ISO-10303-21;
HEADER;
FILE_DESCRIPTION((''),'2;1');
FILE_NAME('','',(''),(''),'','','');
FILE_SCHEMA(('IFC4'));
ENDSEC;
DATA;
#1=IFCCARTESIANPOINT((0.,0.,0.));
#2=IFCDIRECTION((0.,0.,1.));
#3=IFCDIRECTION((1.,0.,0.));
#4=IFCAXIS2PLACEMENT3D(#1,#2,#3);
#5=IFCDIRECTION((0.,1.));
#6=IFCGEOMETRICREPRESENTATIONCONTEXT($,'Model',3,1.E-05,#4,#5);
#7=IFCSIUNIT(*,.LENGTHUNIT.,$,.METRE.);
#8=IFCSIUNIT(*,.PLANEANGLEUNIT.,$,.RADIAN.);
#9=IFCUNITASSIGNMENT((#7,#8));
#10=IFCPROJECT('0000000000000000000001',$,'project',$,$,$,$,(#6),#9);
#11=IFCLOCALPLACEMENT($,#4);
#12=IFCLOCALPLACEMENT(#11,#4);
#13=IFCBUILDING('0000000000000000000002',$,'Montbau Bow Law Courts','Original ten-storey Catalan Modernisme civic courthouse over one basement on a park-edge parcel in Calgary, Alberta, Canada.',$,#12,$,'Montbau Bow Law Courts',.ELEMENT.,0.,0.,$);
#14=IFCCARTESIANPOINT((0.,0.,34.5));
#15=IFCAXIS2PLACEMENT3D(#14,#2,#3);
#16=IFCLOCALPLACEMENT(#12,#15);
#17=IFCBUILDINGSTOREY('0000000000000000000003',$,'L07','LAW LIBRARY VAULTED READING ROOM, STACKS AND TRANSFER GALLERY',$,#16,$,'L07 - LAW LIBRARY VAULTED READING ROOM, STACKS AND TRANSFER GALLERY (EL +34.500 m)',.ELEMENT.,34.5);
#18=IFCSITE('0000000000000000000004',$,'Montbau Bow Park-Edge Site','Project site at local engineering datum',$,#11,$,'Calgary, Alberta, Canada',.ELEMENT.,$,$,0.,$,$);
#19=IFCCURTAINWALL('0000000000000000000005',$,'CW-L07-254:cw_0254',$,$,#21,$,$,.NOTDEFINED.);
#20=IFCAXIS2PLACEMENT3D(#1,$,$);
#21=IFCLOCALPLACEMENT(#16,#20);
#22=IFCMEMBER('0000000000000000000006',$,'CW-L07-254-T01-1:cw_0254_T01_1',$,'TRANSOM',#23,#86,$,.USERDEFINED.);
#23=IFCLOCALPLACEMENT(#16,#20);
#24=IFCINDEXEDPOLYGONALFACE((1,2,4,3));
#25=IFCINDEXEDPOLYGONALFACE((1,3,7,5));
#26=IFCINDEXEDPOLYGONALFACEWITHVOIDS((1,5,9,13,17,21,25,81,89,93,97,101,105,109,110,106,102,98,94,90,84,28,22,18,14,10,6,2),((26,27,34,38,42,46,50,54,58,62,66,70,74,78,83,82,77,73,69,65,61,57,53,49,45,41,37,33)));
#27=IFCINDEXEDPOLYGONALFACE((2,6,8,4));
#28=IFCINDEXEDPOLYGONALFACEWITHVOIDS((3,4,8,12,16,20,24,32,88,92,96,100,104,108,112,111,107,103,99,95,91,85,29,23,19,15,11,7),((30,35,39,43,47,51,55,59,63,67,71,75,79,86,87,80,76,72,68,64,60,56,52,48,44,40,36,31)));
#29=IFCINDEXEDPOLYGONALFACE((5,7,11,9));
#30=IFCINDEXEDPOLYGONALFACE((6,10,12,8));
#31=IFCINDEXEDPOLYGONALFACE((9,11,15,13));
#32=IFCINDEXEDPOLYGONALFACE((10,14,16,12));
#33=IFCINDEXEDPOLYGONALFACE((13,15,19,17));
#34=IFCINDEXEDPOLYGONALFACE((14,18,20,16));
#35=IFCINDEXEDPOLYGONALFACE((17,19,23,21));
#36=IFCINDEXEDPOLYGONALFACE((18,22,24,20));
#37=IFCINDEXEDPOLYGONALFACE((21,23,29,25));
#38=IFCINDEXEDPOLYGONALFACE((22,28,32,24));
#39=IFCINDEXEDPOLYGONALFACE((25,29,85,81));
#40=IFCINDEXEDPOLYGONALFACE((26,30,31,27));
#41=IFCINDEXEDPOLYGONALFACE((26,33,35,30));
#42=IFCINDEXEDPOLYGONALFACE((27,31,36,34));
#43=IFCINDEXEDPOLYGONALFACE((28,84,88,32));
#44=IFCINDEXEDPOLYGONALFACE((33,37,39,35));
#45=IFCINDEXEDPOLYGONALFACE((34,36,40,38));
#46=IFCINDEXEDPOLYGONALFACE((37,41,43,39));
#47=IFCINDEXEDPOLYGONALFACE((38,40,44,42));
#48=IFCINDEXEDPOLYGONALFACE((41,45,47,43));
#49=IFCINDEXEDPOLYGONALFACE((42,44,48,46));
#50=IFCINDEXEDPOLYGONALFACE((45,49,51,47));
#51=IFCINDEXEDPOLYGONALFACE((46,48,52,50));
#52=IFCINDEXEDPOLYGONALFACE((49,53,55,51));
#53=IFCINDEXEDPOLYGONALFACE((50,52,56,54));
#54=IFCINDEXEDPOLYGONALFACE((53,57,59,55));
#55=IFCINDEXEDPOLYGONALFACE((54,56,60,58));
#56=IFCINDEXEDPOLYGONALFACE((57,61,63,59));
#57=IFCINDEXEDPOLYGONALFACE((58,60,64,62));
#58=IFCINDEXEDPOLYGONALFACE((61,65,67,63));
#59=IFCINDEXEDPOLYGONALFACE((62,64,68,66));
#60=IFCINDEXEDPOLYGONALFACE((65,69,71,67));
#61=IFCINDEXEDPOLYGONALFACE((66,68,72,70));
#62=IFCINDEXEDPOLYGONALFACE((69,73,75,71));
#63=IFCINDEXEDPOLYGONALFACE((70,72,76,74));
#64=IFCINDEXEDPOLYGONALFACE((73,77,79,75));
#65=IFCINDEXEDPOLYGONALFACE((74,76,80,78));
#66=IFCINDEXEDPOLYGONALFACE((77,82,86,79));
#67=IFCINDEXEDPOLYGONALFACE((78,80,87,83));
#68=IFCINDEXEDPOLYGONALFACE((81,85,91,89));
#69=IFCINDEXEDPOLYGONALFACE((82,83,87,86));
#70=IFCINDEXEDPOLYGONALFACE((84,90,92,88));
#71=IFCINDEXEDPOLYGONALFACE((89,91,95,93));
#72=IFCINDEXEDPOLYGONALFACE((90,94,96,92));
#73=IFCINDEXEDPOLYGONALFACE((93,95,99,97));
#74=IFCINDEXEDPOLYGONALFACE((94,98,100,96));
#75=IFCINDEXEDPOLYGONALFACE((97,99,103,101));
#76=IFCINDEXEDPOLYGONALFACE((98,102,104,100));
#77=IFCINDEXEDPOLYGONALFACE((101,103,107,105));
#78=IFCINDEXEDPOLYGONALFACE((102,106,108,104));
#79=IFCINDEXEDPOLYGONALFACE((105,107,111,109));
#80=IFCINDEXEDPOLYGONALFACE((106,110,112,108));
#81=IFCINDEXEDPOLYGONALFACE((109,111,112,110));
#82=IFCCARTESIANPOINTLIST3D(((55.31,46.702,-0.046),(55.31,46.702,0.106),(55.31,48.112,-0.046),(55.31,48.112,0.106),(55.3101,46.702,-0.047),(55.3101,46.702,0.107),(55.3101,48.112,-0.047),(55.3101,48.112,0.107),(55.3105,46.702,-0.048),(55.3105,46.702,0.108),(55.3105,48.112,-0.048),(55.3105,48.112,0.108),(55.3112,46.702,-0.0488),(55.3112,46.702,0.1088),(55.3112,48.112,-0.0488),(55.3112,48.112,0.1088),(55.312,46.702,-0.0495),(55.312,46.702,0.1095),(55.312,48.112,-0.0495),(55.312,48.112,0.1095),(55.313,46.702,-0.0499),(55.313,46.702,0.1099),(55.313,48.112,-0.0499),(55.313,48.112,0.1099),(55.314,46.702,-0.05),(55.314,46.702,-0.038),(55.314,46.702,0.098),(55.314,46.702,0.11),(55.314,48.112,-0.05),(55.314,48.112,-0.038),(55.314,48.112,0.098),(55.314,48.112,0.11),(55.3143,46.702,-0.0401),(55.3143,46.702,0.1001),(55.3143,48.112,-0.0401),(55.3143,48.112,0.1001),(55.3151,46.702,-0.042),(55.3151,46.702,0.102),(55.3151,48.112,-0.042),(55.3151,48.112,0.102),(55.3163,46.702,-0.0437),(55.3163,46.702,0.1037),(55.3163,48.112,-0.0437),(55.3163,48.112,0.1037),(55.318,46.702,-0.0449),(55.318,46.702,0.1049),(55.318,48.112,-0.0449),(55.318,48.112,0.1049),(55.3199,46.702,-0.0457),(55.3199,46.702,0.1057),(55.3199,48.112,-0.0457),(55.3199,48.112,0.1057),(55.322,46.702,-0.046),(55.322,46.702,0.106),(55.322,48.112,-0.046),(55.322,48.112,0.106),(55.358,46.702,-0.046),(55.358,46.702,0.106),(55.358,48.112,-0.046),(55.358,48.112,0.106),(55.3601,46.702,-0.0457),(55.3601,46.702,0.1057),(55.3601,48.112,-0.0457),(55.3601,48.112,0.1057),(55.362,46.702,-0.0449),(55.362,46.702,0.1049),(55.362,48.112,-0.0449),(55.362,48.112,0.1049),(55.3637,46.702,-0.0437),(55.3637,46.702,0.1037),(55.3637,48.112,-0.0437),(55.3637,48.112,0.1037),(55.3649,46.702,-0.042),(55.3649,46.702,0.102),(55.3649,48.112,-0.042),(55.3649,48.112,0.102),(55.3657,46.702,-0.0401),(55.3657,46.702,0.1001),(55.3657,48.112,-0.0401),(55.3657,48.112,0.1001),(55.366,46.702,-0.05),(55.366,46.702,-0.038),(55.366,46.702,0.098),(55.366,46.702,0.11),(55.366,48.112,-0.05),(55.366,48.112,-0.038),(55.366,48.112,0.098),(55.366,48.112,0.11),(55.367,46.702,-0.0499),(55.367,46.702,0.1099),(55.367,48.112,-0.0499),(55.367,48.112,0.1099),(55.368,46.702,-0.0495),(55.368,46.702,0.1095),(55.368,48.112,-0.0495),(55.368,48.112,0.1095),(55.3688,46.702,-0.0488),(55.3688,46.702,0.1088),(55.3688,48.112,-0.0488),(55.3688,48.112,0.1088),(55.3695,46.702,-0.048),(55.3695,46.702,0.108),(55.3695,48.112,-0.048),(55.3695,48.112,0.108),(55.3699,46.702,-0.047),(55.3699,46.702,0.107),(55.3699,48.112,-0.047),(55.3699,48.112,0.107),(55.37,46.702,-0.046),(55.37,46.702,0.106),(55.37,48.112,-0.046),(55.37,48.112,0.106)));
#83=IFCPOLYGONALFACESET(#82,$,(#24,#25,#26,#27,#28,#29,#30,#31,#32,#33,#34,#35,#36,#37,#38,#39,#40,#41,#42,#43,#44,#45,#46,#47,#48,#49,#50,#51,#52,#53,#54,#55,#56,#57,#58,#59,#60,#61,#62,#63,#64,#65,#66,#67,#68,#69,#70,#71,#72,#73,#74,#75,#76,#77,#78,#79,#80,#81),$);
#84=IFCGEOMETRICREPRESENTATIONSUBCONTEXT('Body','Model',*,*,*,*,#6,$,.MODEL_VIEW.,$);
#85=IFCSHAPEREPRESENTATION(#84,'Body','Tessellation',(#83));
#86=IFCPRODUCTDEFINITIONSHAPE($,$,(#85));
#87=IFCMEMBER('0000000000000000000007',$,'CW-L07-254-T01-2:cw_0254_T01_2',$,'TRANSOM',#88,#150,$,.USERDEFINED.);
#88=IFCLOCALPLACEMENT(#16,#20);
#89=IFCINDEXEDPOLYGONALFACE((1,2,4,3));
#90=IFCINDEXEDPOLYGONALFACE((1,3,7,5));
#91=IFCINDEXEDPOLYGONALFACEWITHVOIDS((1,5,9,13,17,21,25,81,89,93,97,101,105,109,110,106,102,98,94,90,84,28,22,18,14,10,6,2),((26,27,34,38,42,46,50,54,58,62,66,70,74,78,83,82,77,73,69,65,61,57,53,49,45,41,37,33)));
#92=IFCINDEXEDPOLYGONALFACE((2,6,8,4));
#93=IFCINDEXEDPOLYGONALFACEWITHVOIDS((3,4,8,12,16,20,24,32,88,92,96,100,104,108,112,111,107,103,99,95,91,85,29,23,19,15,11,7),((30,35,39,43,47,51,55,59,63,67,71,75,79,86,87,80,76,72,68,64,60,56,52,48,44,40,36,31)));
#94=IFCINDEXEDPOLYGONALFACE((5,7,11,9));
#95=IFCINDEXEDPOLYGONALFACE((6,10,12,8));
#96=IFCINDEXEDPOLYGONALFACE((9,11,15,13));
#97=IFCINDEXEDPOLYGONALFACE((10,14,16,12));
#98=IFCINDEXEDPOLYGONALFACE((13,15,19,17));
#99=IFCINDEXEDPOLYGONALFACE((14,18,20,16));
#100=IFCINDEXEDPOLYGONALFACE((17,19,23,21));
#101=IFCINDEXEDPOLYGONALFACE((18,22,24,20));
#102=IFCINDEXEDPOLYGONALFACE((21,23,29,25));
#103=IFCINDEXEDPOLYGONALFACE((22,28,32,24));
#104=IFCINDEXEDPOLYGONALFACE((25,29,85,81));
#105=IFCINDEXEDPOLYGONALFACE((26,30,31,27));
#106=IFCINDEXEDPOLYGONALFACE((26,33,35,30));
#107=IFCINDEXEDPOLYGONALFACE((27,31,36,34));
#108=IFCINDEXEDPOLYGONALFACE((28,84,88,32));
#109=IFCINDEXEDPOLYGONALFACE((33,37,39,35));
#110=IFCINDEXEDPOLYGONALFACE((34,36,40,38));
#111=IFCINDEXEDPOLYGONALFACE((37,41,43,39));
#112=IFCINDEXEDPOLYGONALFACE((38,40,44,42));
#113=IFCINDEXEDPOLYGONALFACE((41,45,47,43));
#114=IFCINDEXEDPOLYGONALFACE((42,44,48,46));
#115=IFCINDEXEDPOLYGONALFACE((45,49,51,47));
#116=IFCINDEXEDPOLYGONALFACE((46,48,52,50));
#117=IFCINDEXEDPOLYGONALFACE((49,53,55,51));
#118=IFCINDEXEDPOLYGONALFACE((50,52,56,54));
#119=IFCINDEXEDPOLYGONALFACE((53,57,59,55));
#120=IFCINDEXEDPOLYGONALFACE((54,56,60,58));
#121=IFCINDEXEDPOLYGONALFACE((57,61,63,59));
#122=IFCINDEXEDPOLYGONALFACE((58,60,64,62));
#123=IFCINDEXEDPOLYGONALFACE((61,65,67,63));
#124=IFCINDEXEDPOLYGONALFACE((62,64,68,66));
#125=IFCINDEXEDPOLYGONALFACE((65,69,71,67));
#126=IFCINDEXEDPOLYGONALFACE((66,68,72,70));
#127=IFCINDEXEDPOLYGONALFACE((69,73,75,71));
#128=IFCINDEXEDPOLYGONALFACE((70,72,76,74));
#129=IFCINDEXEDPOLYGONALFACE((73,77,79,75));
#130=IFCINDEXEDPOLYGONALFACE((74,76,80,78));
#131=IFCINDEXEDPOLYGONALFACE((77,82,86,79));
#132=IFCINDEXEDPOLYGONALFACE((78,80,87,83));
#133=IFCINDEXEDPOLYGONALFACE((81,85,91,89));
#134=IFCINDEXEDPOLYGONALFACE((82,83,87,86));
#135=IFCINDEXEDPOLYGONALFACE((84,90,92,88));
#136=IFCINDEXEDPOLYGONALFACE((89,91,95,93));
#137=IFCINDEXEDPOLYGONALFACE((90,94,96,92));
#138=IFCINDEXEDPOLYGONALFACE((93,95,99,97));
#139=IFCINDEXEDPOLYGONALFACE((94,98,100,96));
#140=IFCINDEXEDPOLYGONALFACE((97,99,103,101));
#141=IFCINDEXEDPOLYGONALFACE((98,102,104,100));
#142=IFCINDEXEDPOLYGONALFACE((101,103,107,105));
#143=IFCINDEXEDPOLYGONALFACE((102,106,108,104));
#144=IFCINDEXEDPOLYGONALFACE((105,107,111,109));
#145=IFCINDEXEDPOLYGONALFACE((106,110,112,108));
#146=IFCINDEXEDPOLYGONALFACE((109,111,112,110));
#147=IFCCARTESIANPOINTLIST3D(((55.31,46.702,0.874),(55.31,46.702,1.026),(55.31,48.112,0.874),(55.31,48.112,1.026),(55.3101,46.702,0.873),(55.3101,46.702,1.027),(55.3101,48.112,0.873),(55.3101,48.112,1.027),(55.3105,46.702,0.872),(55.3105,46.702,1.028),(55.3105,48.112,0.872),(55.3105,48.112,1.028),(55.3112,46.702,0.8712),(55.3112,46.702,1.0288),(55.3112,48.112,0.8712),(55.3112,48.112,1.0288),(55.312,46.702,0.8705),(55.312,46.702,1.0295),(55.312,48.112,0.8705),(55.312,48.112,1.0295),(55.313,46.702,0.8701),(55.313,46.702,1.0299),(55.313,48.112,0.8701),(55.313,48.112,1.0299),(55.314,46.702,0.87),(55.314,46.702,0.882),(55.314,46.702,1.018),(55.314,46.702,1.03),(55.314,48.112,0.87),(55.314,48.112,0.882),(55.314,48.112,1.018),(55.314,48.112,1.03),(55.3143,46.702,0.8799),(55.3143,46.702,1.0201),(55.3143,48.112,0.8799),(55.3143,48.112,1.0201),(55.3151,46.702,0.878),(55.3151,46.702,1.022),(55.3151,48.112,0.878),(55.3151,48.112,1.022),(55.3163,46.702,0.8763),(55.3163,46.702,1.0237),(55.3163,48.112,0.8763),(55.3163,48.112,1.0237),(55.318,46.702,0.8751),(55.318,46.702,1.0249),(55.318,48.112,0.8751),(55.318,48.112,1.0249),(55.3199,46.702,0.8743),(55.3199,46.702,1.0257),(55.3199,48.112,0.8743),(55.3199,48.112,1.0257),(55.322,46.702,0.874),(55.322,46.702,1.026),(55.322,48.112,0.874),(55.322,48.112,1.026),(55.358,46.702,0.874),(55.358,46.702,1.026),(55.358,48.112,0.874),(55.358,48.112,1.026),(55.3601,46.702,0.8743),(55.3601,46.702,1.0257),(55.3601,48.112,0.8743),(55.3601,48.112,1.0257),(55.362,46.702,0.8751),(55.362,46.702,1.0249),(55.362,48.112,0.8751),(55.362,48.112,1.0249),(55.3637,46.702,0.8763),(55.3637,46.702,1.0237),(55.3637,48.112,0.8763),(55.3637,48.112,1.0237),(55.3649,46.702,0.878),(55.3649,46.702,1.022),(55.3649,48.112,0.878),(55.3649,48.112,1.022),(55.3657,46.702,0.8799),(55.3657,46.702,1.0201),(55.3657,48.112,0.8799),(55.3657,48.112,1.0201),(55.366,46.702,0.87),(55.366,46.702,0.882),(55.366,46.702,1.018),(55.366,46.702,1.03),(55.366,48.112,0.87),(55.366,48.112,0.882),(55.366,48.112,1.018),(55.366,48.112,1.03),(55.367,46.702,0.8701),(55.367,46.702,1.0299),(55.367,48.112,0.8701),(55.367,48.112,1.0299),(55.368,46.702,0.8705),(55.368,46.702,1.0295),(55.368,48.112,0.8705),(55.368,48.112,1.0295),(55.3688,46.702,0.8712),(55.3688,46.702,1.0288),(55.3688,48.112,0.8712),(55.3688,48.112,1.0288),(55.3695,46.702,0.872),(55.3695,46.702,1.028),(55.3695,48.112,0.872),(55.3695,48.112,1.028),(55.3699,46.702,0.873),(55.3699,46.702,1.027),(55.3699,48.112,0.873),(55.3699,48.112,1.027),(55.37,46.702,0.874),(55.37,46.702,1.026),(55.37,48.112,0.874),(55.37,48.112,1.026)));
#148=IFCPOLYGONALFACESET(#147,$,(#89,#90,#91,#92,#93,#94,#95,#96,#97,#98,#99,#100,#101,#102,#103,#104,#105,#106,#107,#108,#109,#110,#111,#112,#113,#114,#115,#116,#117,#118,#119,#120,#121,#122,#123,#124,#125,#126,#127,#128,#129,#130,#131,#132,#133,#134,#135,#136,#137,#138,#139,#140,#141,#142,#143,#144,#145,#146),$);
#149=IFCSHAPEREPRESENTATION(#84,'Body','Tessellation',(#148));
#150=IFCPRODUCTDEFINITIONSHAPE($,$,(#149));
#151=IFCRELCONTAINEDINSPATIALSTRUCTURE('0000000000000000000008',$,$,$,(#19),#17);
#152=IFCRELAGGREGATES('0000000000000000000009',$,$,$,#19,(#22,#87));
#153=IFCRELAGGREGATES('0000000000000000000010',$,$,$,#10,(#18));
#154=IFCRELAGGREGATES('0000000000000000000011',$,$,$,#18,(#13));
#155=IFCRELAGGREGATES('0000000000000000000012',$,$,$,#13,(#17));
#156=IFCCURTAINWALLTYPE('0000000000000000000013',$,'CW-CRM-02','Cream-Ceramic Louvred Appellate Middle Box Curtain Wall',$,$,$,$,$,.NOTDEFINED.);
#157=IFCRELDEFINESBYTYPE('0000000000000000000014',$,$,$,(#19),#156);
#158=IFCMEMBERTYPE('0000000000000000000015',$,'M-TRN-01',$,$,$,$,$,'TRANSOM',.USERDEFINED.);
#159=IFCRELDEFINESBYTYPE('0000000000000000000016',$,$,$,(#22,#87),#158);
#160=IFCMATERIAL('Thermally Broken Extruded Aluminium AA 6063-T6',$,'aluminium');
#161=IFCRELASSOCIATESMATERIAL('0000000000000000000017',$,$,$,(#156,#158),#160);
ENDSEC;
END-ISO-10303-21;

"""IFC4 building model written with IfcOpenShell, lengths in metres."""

from ifc_helpers import new_model, si_unit, direction, frame, origin_with_axes, origin_2d_with_axis, place, context, subcontext, project, spatial, hollow_rectangle, extrude, material, material_profile, profile_set, type_object, element, aggregate, save


model = new_model("IFC4")

# Units and contexts
model_context = context("Model", 3, precision=1e-05, world=origin_with_axes(), true_north=direction((0.0, 1.0)))
body_context = subcontext(model_context, "Body", "Model", "MODEL_VIEW")
ifc_project = project(units=[si_unit("LENGTHUNIT", "METRE"), si_unit("PLANEANGLEUNIT", "RADIAN")], contexts=[model_context])

# Site, building, storey
site_placement = place(None, origin_with_axes())
site = spatial("IfcSite", under=ifc_project, at=site_placement, Name="Montbau Bow Park-Edge Site", Description="Project site at local engineering datum", LongName="Calgary, Alberta, Canada", CompositionType="ELEMENT", RefElevation=0.0)
building_placement = place(site_placement, origin_with_axes())
building = spatial("IfcBuilding", under=site, at=building_placement, Name="Montbau Bow Law Courts", Description="Original ten-storey Catalan Modernisme civic courthouse over one basement on a park-edge parcel in Calgary, Alberta, Canada.", LongName="Montbau Bow Law Courts", CompositionType="ELEMENT", ElevationOfRefHeight=0.0, ElevationOfTerrain=0.0)
storey_placement = place(building_placement, frame((0.0, 0.0, 34.5), z_axis=(0.0, 0.0, 1.0), x_axis=(1.0, 0.0, 0.0)))
storey = spatial("IfcBuildingStorey", under=building, at=storey_placement, Name="L07", Description="LAW LIBRARY VAULTED READING ROOM, STACKS AND TRANSFER GALLERY", LongName="L07 - LAW LIBRARY VAULTED READING ROOM, STACKS AND TRANSFER GALLERY (EL +34.500 m)", CompositionType="ELEMENT", Elevation=34.5)

# Shared definitions
ifc_material_1 = material(Name="Thermally Broken Extruded Aluminium AA 6063-T6", Category="aluminium")
curtain_wall_type = type_object("IfcCurtainWallType", Name="CW-CRM-02", Description="Cream-Ceramic Louvred Appellate Middle Box Curtain Wall", PredefinedType="NOTDEFINED", material=ifc_material_1)

# Curtain wall, members
curtain_wall_1_placement = place(None, frame((55.34, 46.64, 34.5), z_axis=(0.0, 0.0, 1.0), x_axis=(1.0, 0.0, 0.0)))
curtain_wall_1 = element("IfcCurtainWall", 1, at=curtain_wall_1_placement, inside=storey, type_object=curtain_wall_type, Name="CW-L07-254:cw_0254", PredefinedType="NOTDEFINED")
ifc_material_profile_1 = material_profile(ifc_material_1, hollow_rectangle(XDim=0.06, YDim=0.16, WallThickness=0.004, InnerFilletRadius=0.008, OuterFilletRadius=0.004, at=origin_2d_with_axis()), Name="CWT-160X60", Category="Main", Priority=0)
ifc_profile_set_1 = profile_set([ifc_material_profile_1], Name="Thermally Broken Extruded Aluminium AA 6063-T6")
member_type_1 = type_object("IfcMemberType", Name="M-TRN-01", ElementType="TRANSOM", PredefinedType="USERDEFINED", material=ifc_profile_set_1)
member_1_placement = place(None, frame((55.34, 46.702, 34.53), z_axis=(0.0, 1.0, 0.0), x_axis=(-1.0, 0.0, 0.0)))
member_1 = element("IfcMember", 2, at=member_1_placement, type_object=member_type_1, Name="CW-L07-254-T01-1:cw_0254_T01_1", ObjectType="TRANSOM", PredefinedType="USERDEFINED", context=body_context, shape_type="SweptSolid", body=[
    extrude(hollow_rectangle(XDim=0.06, YDim=0.16, WallThickness=0.004, InnerFilletRadius=0.008, OuterFilletRadius=0.004, at=origin_2d_with_axis()), origin_with_axes(), (0.0, 0.0, 1.0), 1.41),
])
member_2_placement = place(None, frame((55.34, 46.702, 35.45), z_axis=(0.0, 1.0, 0.0), x_axis=(-1.0, 0.0, 0.0)))
member_2 = element("IfcMember", 3, at=member_2_placement, type_object=member_type_1, Name="CW-L07-254-T01-2:cw_0254_T01_2", ObjectType="TRANSOM", PredefinedType="USERDEFINED", context=body_context, shape_type="SweptSolid", body=[
    extrude(hollow_rectangle(XDim=0.06, YDim=0.16, WallThickness=0.004, InnerFilletRadius=0.008, OuterFilletRadius=0.004, at=origin_2d_with_axis()), origin_with_axes(), (0.0, 0.0, 1.0), 1.41),
])
aggregate(curtain_wall_1, [member_1, member_2])

save(model, "model.ifc")
